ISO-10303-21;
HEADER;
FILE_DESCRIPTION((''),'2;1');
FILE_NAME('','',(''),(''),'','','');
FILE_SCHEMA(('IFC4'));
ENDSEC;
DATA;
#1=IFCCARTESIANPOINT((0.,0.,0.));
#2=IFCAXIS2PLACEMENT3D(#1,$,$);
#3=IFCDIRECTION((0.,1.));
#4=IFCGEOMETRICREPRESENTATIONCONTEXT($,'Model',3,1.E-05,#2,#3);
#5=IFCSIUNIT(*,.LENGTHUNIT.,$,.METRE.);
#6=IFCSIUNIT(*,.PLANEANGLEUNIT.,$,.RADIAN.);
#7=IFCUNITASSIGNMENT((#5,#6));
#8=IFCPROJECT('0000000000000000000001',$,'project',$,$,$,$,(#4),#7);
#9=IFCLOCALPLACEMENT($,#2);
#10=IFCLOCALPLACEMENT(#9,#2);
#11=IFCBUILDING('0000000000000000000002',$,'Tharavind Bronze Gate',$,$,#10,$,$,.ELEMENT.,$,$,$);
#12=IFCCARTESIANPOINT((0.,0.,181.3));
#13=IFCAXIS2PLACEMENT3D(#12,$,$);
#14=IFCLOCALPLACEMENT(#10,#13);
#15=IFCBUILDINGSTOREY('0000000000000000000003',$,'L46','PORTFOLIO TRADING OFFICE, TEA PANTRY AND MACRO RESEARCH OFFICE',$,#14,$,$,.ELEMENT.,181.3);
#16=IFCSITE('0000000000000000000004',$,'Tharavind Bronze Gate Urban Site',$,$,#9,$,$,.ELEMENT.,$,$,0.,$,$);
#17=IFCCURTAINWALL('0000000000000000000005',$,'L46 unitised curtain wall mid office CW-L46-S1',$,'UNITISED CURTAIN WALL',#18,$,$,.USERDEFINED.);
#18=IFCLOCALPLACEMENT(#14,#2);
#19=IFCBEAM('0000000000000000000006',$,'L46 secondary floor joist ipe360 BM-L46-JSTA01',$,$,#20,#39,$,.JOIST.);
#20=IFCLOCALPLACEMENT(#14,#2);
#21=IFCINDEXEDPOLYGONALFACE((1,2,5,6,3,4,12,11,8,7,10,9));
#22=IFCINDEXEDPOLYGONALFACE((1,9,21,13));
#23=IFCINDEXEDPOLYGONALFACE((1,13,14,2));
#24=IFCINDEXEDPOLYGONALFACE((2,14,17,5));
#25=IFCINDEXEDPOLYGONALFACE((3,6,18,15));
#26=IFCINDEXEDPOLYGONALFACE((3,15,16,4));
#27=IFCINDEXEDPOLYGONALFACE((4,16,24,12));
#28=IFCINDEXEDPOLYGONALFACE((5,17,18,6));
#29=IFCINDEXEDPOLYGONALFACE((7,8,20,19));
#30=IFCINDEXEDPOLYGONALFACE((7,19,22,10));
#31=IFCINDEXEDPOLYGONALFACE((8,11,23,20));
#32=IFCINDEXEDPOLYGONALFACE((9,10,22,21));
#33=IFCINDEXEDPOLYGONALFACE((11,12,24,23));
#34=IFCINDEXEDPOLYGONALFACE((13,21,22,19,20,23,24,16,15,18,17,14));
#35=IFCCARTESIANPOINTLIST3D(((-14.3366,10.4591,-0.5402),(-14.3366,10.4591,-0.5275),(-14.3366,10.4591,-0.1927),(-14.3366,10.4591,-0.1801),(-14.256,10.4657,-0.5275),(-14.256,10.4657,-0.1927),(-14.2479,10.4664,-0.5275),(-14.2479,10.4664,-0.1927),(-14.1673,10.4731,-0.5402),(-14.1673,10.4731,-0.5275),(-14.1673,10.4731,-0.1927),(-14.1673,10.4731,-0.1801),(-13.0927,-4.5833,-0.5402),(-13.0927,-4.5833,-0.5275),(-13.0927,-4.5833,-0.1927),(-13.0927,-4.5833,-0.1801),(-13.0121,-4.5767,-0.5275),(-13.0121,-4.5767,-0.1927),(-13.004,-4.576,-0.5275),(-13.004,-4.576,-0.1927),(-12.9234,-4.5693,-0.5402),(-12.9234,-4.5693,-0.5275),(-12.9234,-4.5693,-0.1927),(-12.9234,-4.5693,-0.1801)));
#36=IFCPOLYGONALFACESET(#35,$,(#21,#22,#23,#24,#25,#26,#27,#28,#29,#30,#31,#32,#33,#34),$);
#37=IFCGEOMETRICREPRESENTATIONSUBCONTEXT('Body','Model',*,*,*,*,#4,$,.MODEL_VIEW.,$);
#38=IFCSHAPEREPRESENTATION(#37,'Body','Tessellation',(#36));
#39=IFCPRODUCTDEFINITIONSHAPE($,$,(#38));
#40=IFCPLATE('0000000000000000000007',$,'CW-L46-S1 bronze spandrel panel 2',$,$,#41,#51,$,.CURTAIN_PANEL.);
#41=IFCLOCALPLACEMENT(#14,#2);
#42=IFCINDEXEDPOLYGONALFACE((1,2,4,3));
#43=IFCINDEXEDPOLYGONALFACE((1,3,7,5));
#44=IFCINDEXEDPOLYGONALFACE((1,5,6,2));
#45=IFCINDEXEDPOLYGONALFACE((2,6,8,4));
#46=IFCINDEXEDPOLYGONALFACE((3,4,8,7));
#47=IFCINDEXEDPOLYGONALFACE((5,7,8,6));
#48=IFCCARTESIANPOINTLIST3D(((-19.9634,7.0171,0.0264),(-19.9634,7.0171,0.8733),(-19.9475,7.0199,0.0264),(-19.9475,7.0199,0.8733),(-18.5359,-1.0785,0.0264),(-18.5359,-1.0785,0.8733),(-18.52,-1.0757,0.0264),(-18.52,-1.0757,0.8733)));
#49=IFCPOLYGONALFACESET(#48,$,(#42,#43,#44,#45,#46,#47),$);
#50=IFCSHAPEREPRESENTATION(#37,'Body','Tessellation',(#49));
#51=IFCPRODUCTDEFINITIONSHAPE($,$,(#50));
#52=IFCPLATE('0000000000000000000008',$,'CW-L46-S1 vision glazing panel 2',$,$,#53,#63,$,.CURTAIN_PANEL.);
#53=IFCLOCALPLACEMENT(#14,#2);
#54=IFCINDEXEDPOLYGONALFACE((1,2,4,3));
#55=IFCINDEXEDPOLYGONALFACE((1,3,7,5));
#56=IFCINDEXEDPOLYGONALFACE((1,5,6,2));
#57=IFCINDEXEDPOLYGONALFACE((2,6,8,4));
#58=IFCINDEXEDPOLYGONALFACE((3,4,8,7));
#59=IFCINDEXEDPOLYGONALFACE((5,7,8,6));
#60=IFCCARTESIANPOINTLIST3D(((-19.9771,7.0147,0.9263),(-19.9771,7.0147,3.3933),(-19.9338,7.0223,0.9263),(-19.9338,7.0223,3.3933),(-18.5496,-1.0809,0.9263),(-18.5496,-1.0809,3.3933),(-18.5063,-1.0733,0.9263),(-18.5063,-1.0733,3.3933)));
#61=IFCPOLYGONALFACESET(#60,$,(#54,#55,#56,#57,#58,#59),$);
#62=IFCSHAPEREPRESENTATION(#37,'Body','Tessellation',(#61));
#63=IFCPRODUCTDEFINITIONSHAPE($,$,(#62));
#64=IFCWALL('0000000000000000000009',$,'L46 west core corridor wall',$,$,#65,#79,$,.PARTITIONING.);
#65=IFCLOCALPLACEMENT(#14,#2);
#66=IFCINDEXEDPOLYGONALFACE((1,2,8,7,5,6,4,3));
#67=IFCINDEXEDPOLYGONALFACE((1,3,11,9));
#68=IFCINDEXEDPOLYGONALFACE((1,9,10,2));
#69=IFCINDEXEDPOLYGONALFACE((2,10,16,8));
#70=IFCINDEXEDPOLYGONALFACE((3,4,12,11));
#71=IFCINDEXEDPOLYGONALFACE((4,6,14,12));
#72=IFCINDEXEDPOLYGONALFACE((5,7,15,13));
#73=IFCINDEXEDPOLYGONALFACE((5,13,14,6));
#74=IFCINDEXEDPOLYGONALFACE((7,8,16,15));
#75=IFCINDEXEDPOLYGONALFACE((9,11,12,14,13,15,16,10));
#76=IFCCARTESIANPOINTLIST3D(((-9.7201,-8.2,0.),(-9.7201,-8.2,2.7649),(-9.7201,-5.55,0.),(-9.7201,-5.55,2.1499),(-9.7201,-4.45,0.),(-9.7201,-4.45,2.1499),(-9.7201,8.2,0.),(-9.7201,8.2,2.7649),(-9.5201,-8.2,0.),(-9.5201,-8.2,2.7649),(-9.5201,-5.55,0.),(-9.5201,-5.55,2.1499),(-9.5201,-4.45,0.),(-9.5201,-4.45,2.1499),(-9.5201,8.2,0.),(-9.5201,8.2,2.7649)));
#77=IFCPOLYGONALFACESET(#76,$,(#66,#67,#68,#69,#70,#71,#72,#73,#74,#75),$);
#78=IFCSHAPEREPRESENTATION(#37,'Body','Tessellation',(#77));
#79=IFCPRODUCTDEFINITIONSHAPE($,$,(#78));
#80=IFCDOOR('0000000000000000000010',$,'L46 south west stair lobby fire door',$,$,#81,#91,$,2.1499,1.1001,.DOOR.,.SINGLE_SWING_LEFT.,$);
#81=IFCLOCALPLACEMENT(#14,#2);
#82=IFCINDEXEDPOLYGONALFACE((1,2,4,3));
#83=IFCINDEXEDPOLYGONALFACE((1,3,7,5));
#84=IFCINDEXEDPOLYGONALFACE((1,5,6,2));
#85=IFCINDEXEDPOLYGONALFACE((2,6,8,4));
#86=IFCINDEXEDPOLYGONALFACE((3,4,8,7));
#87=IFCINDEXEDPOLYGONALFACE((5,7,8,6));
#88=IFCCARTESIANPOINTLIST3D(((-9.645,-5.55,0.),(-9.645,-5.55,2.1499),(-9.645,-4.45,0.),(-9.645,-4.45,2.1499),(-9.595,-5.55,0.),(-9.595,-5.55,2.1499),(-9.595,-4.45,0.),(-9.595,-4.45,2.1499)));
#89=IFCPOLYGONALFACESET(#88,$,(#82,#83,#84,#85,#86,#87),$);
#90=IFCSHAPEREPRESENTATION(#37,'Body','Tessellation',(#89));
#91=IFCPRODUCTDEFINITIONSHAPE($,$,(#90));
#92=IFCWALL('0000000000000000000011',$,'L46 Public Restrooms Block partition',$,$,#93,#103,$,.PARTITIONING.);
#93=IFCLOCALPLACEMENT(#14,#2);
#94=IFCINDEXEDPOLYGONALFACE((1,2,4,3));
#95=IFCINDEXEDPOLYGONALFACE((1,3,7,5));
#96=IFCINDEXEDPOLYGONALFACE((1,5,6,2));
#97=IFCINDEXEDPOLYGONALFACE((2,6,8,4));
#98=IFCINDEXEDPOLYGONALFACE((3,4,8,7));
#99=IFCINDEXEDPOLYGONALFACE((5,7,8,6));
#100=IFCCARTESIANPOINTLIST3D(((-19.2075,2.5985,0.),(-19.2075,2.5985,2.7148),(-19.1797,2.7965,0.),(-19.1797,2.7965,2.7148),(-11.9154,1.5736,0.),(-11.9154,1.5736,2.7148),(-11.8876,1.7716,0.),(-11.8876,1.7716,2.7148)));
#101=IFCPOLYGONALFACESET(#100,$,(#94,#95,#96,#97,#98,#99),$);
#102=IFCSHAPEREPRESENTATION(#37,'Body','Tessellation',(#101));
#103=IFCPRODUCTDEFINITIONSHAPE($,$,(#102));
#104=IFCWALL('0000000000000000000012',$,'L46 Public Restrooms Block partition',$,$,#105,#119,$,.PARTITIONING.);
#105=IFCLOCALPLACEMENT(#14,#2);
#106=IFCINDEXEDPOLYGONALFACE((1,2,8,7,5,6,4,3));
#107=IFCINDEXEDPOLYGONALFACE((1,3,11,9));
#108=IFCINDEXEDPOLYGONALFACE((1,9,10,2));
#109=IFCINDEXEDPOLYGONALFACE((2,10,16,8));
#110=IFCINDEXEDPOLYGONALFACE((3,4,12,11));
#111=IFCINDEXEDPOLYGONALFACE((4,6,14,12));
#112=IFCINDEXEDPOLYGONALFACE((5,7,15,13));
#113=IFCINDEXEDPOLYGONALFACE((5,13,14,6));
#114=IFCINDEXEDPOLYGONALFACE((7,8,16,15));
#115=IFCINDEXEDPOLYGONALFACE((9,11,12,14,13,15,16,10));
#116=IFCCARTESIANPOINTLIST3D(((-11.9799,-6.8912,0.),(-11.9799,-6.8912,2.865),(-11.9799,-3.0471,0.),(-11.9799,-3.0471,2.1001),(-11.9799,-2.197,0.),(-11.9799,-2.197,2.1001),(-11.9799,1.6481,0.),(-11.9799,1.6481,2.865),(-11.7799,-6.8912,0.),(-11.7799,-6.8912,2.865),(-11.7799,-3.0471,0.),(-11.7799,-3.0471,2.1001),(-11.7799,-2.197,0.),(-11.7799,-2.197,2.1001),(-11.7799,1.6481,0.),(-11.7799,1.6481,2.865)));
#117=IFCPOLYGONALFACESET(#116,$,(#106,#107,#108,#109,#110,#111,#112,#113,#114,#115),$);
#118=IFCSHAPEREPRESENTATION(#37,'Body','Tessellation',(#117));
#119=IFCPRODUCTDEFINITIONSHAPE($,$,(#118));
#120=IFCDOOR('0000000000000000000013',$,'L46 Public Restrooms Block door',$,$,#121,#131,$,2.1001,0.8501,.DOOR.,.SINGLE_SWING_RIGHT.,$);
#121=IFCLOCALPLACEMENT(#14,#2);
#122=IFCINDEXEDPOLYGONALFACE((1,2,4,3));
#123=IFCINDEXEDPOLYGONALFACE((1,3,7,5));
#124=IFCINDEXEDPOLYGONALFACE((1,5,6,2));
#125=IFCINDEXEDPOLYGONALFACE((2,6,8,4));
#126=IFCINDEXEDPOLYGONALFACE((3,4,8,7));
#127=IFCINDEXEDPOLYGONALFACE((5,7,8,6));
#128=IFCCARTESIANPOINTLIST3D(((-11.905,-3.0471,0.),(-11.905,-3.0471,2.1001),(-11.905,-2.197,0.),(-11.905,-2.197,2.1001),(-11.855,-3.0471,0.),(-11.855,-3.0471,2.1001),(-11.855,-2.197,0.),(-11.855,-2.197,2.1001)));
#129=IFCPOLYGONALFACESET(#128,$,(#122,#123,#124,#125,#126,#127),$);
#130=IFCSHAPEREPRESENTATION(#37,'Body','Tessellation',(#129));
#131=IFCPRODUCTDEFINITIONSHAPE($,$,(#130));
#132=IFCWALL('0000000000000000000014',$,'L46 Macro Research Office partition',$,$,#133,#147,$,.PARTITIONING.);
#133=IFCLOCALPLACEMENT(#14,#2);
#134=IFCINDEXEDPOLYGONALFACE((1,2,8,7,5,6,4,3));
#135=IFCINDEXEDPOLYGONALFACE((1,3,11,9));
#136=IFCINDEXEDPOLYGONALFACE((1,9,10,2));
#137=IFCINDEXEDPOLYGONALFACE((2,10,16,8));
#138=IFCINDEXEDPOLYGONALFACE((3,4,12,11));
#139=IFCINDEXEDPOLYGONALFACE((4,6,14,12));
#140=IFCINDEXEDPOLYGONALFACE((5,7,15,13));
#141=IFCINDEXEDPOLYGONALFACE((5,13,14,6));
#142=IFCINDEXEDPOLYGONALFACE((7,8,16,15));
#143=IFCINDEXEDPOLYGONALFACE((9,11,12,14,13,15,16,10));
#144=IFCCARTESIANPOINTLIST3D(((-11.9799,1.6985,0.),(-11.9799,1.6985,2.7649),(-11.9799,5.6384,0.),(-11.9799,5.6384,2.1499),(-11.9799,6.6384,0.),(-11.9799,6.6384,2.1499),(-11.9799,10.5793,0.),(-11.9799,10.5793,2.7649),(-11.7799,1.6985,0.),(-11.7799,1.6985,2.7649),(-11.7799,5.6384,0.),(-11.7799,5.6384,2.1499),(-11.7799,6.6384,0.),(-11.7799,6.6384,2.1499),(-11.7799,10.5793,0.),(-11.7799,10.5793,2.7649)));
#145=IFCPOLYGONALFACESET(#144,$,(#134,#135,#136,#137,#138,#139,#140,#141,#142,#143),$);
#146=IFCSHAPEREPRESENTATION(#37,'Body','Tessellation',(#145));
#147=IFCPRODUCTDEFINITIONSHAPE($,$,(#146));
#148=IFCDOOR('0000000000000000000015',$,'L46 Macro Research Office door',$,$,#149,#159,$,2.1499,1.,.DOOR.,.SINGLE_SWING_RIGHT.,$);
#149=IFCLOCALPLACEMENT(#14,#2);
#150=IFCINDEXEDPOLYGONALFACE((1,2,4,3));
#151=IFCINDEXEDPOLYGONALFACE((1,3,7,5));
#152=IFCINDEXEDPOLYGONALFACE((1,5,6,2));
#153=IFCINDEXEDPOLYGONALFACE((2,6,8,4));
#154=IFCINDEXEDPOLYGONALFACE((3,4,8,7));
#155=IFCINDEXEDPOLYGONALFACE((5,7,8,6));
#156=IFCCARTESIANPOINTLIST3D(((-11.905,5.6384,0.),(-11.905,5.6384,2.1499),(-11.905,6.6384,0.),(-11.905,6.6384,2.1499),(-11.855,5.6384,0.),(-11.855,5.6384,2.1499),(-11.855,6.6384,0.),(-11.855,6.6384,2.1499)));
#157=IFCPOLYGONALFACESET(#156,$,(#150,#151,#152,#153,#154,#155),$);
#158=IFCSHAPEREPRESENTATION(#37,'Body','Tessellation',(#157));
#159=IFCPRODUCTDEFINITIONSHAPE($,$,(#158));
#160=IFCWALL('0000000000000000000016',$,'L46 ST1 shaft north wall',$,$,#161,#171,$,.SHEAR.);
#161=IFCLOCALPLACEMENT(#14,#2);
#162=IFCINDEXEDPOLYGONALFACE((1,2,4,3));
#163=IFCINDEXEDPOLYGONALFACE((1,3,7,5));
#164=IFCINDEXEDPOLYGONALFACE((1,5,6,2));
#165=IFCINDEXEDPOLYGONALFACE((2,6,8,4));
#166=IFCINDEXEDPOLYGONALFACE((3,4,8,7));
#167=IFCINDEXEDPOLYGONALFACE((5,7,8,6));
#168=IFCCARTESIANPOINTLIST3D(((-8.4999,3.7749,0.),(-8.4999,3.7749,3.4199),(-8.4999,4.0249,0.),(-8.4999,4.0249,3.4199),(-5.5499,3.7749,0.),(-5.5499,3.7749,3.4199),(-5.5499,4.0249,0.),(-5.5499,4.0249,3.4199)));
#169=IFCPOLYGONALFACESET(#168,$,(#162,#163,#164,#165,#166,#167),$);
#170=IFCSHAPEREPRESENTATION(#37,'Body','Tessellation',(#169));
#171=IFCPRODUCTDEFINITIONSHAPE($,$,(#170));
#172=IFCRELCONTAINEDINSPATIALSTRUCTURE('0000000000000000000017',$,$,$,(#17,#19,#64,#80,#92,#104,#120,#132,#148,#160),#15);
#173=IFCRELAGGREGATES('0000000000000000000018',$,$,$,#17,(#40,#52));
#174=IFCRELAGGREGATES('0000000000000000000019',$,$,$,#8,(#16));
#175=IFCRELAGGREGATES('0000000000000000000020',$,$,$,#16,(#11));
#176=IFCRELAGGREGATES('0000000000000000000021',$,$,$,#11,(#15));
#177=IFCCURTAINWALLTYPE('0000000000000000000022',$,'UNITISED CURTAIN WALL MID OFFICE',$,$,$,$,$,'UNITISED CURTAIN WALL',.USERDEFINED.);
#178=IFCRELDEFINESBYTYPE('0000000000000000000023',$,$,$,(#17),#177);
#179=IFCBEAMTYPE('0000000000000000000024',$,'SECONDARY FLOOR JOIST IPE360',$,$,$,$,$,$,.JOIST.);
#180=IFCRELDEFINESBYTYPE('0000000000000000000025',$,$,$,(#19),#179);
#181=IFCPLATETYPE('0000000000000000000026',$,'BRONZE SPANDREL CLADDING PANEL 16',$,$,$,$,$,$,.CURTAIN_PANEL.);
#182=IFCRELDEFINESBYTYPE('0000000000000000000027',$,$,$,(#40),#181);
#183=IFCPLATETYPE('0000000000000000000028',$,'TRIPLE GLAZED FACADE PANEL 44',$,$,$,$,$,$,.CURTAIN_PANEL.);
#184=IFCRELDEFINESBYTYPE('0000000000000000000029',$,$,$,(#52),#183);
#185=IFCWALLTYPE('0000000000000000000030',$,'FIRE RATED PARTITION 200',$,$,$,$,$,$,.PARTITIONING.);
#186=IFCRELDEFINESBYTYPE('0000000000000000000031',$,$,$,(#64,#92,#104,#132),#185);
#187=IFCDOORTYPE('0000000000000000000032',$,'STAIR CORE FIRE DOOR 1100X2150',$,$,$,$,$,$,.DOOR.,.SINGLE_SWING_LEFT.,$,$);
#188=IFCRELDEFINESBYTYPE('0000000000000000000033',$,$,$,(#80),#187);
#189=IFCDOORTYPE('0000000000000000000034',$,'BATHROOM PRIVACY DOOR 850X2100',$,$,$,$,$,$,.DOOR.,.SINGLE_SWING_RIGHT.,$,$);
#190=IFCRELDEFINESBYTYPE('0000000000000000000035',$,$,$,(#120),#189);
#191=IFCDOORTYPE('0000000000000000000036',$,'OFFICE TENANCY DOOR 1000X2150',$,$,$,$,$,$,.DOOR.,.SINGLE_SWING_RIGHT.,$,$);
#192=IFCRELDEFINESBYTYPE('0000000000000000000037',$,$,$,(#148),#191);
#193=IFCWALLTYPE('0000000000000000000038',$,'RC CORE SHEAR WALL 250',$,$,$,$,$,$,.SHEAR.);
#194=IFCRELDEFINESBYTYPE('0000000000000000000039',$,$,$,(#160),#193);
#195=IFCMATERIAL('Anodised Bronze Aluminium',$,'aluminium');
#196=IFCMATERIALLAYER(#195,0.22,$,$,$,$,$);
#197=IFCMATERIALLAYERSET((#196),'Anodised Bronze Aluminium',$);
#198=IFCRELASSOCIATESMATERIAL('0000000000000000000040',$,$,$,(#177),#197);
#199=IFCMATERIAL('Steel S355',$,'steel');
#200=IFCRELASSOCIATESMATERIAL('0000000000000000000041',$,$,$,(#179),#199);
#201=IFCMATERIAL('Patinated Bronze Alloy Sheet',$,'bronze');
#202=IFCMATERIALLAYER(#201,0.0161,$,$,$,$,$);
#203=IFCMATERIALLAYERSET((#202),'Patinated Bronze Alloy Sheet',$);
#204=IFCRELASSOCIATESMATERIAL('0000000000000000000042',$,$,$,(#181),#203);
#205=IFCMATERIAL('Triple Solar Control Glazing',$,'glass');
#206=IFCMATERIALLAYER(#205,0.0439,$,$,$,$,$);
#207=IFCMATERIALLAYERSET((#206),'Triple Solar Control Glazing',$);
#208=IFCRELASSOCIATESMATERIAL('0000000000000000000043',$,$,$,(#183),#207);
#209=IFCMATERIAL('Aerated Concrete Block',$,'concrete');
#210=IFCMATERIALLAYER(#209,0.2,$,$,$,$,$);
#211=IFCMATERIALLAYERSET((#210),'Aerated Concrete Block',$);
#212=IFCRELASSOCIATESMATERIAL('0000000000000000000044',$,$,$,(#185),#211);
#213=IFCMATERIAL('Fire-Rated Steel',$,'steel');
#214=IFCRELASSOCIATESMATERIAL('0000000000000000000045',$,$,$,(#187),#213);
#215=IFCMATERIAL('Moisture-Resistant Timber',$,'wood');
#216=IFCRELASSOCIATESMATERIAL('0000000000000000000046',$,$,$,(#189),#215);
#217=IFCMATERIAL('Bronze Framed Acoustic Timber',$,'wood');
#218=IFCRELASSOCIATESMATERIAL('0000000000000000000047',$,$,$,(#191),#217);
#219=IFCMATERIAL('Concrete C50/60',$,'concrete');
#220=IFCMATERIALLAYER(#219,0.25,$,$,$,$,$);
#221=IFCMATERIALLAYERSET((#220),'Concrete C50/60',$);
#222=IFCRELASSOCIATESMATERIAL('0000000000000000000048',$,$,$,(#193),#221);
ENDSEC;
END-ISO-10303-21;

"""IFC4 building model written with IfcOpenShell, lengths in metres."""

from ifc_helpers import new_model, si_unit, direction, frame, frame_2d, origin, origin_2d, place, context, subcontext, project, spatial, rectangle, i_section, extrude, material, layer, layer_set, material_profile, profile_set, type_object, element, fill, aggregate, save


model = new_model("IFC4")

# Units and contexts
model_context = context("Model", 3, precision=1e-05, world=origin(), true_north=direction((0.0, 1.0)))
body_context = subcontext(model_context, "Body", "Model", "MODEL_VIEW")
ifc_project = project(units=[si_unit("LENGTHUNIT", "METRE"), si_unit("PLANEANGLEUNIT", "RADIAN")], contexts=[model_context])

# Site, building, storey
site_placement = place(None, origin())
site = spatial("IfcSite", under=ifc_project, at=site_placement, Name="Tharavind Bronze Gate Urban Site", CompositionType="ELEMENT", RefElevation=0.0)
building_placement = place(site_placement, origin())
building = spatial("IfcBuilding", under=site, at=building_placement, Name="Tharavind Bronze Gate", CompositionType="ELEMENT")
storey_placement = place(building_placement, frame((0.0, 0.0, 181.3)))
storey = spatial("IfcBuildingStorey", under=building, at=storey_placement, Name="L46", Description="PORTFOLIO TRADING OFFICE, TEA PANTRY AND MACRO RESEARCH OFFICE", CompositionType="ELEMENT", Elevation=181.3)

# Curtain wall
ifc_material_1 = material(Name="Anodised Bronze Aluminium", Category="aluminium")
ifc_layer_1 = layer(ifc_material_1, 0.22)
ifc_layer_set_1 = layer_set([ifc_layer_1], Name="Anodised Bronze Aluminium")
curtain_wall_type = type_object("IfcCurtainWallType", Name="UNITISED CURTAIN WALL MID OFFICE", ElementType="UNITISED CURTAIN WALL", PredefinedType="USERDEFINED", material=ifc_layer_set_1)
curtain_wall_placement = place(storey_placement, origin())
curtain_wall = element("IfcCurtainWall", 1, at=curtain_wall_placement, inside=storey, type_object=curtain_wall_type, Name="L46 unitised curtain wall mid office CW-L46-S1", ObjectType="UNITISED CURTAIN WALL", PredefinedType="USERDEFINED")

# Beam
ifc_material_2 = material(Name="Steel S355", Category="steel")
ifc_material_profile_1 = material_profile(ifc_material_2, i_section(OverallWidth=0.1699, OverallDepth=0.3601, WebThickness=0.0081, FlangeThickness=0.0127, at=origin_2d()), Name="IPE360")
ifc_profile_set_1 = profile_set([ifc_material_profile_1], Name="Steel S355")
beam_type_1 = type_object("IfcBeamType", Name="SECONDARY FLOOR JOIST IPE360", PredefinedType="JOIST", material=ifc_profile_set_1)
beam_1_placement = place(storey_placement, frame((-14.252, 10.4661, -0.3601), z_axis=(0.082411, -0.996598, 0.0), x_axis=(0.996598, 0.082411, 0.0)))
element("IfcBeam", 2, at=beam_1_placement, inside=storey, type_object=beam_type_1, Name="L46 secondary floor joist ipe360 BM-L46-JSTA01", PredefinedType="JOIST", context=body_context, shape_type="SweptSolid", body=[
    extrude(i_section(OverallWidth=0.1699, OverallDepth=0.3601, WebThickness=0.0081, FlangeThickness=0.0127, at=origin_2d()), origin(), (0.0, 0.0, 1.0), 15.0938),
])

# Plates
ifc_material_3 = material(Name="Patinated Bronze Alloy Sheet", Category="bronze")
ifc_layer_2 = layer(ifc_material_3, 0.0161)
ifc_layer_set_2 = layer_set([ifc_layer_2], Name="Patinated Bronze Alloy Sheet")
plate_type_1 = type_object("IfcPlateType", Name="BRONZE SPANDREL CLADDING PANEL 16", PredefinedType="CURTAIN_PANEL", material=ifc_layer_set_2)
plate_1_placement = place(storey_placement, frame((-19.2417, 2.9707, 0.0264), z_axis=(0.0, 0.0, 1.0), x_axis=(0.173648, -0.984808, 0.0)))
plate_1 = element("IfcPlate", 3, at=plate_1_placement, type_object=plate_type_1, Name="CW-L46-S1 bronze spandrel panel 2", PredefinedType="CURTAIN_PANEL", context=body_context, shape_type="SweptSolid", body=[
    extrude(rectangle(XDim=8.2205, YDim=0.0161, at=origin_2d()), origin(), (0.0, 0.0, 1.0), 0.8469),
])
ifc_material_4 = material(Name="Triple Solar Control Glazing", Category="glass")
ifc_layer_3 = layer(ifc_material_4, 0.0439)
ifc_layer_set_3 = layer_set([ifc_layer_3], Name="Triple Solar Control Glazing")
plate_type_2 = type_object("IfcPlateType", Name="TRIPLE GLAZED FACADE PANEL 44", PredefinedType="CURTAIN_PANEL", material=ifc_layer_set_3)
plate_2_placement = place(storey_placement, frame((-19.2417, 2.9707, 0.9263), z_axis=(0.0, 0.0, 1.0), x_axis=(0.173648, -0.984808, 0.0)))
plate_2 = element("IfcPlate", 4, at=plate_2_placement, type_object=plate_type_2, Name="CW-L46-S1 vision glazing panel 2", PredefinedType="CURTAIN_PANEL", context=body_context, shape_type="SweptSolid", body=[
    extrude(rectangle(XDim=8.2205, YDim=0.0439, at=origin_2d()), origin(), (0.0, 0.0, 1.0), 2.467),
])
aggregate(curtain_wall, [plate_1, plate_2])

# Wall, opening, door
ifc_material_5 = material(Name="Aerated Concrete Block", Category="concrete")
ifc_layer_4 = layer(ifc_material_5, 0.2)
ifc_layer_set_4 = layer_set([ifc_layer_4], Name="Aerated Concrete Block")
wall_type_1 = type_object("IfcWallType", Name="FIRE RATED PARTITION 200", PredefinedType="PARTITIONING", material=ifc_layer_set_4)
wall_1_placement = place(storey_placement, frame((-9.6201, 8.2, 0.0), z_axis=(0.0, 0.0, 1.0), x_axis=(0.0, -1.0, 0.0)))
wall_1 = element("IfcWall", 5, at=wall_1_placement, inside=storey, type_object=wall_type_1, Name="L46 west core corridor wall", PredefinedType="PARTITIONING", context=body_context, shape_type="SweptSolid", body=[
    extrude(rectangle(XDim=16.3999, YDim=0.2, at=frame_2d((8.2, 0.0))), origin(), (0.0, 0.0, 1.0), 2.7649),
])
opening_1_placement = place(wall_1_placement, frame((12.6499, 0.0, 0.0)))
opening_1 = element("IfcOpeningElement", 6, at=opening_1_placement, cuts=wall_1, PredefinedType="OPENING", context=body_context, shape_type="SweptSolid", body=[
    extrude(rectangle(XDim=1.1001, YDim=2.1499, at=frame_2d((0.55, 1.075))), frame((0.0, 0.1101, 0.0), z_axis=(0.0, -1.0, 0.0), x_axis=(1.0, 0.0, 0.0)), (0.0, 0.0, 1.0), 0.22),
])
ifc_material_6 = material(Name="Fire-Rated Steel", Category="steel")
door_type_1 = type_object("IfcDoorType", Name="STAIR CORE FIRE DOOR 1100X2150", OperationType="SINGLE_SWING_LEFT", PredefinedType="DOOR", material=ifc_material_6)
door_1_placement = place(opening_1_placement, frame((1.1001, 0.0, 0.0), z_axis=(0.0, 0.0, 1.0), x_axis=(-1.0, 0.0, 0.0)))
door_1 = element("IfcDoor", 7, at=door_1_placement, inside=storey, type_object=door_type_1, Name="L46 south west stair lobby fire door", OperationType="SINGLE_SWING_LEFT", OverallHeight=2.1499, OverallWidth=1.1001, PredefinedType="DOOR", context=body_context, shape_type="SweptSolid", body=[
    extrude(rectangle(XDim=1.1001, YDim=2.1499, at=frame_2d((0.55, 1.075))), frame((0.0, 0.0249, 0.0), z_axis=(0.0, -1.0, 0.0), x_axis=(1.0, 0.0, 0.0)), (0.0, 0.0, 1.0), 0.05),
])
fill(opening_1, door_1)

# Wall
wall_2_placement = place(storey_placement, frame((-19.1936, 2.6975, 0.0), z_axis=(0.0, 0.0, 1.0), x_axis=(0.990267, -0.139184, 0.0)))
element("IfcWall", 8, at=wall_2_placement, inside=storey, type_object=wall_type_1, Name="L46 Public Restrooms Block partition", PredefinedType="PARTITIONING", context=body_context, shape_type="SweptSolid", body=[
    extrude(rectangle(XDim=7.3638, YDim=0.2, at=frame_2d((3.6819, 0.0))), origin(), (0.0, 0.0, 1.0), 2.7148),
])

# Walls, openings, doors
wall_3_placement = place(storey_placement, frame((-11.8799, 1.6479, 0.0), z_axis=(0.0, 0.0, 1.0), x_axis=(0.0, -1.0, 0.0)))
wall_3 = element("IfcWall", 9, at=wall_3_placement, inside=storey, type_object=wall_type_1, Name="L46 Public Restrooms Block partition", PredefinedType="PARTITIONING", context=body_context, shape_type="SweptSolid", body=[
    extrude(rectangle(XDim=8.5393, YDim=0.2, at=frame_2d((4.2695, 0.0))), origin(), (0.0, 0.0, 1.0), 2.865),
])
opening_2_placement = place(wall_3_placement, frame((3.845, 0.0, 0.0)))
opening_2 = element("IfcOpeningElement", 10, at=opening_2_placement, cuts=wall_3, PredefinedType="OPENING", context=body_context, shape_type="SweptSolid", body=[
    extrude(rectangle(XDim=0.8501, YDim=2.1001, at=frame_2d((0.425, 1.05))), frame((0.0, 0.1101, 0.0), z_axis=(0.0, -1.0, 0.0), x_axis=(1.0, 0.0, 0.0)), (0.0, 0.0, 1.0), 0.22),
])
ifc_material_7 = material(Name="Moisture-Resistant Timber", Category="wood")
door_type_2 = type_object("IfcDoorType", Name="BATHROOM PRIVACY DOOR 850X2100", OperationType="SINGLE_SWING_RIGHT", PredefinedType="DOOR", material=ifc_material_7)
door_2_placement = place(opening_2_placement, origin())
door_2 = element("IfcDoor", 11, at=door_2_placement, inside=storey, type_object=door_type_2, Name="L46 Public Restrooms Block door", OperationType="SINGLE_SWING_RIGHT", OverallHeight=2.1001, OverallWidth=0.8501, PredefinedType="DOOR", context=body_context, shape_type="SweptSolid", body=[
    extrude(rectangle(XDim=0.8501, YDim=2.1001, at=frame_2d((0.425, 1.05))), frame((0.0, 0.0249, 0.0), z_axis=(0.0, -1.0, 0.0), x_axis=(1.0, 0.0, 0.0)), (0.0, 0.0, 1.0), 0.05),
])
fill(opening_2, door_2)
wall_4_placement = place(storey_placement, frame((-11.8799, 10.5793, 0.0), z_axis=(0.0, 0.0, 1.0), x_axis=(0.0, -1.0, 0.0)))
wall_4 = element("IfcWall", 12, at=wall_4_placement, inside=storey, type_object=wall_type_1, Name="L46 Macro Research Office partition", PredefinedType="PARTITIONING", context=body_context, shape_type="SweptSolid", body=[
    extrude(rectangle(XDim=8.8809, YDim=0.2, at=frame_2d((4.4404, 0.0))), origin(), (0.0, 0.0, 1.0), 2.7649),
])
opening_3_placement = place(wall_4_placement, frame((3.9409, 0.0, 0.0)))
opening_3 = element("IfcOpeningElement", 13, at=opening_3_placement, cuts=wall_4, PredefinedType="OPENING", context=body_context, shape_type="SweptSolid", body=[
    extrude(rectangle(XDim=1.0, YDim=2.1499, at=frame_2d((0.5, 1.075))), frame((0.0, 0.1101, 0.0), z_axis=(0.0, -1.0, 0.0), x_axis=(1.0, 0.0, 0.0)), (0.0, 0.0, 1.0), 0.22),
])
ifc_material_8 = material(Name="Bronze Framed Acoustic Timber", Category="wood")
door_type_3 = type_object("IfcDoorType", Name="OFFICE TENANCY DOOR 1000X2150", OperationType="SINGLE_SWING_RIGHT", PredefinedType="DOOR", material=ifc_material_8)
door_3_placement = place(opening_3_placement, origin())
door_3 = element("IfcDoor", 14, at=door_3_placement, inside=storey, type_object=door_type_3, Name="L46 Macro Research Office door", OperationType="SINGLE_SWING_RIGHT", OverallHeight=2.1499, OverallWidth=1.0, PredefinedType="DOOR", context=body_context, shape_type="SweptSolid", body=[
    extrude(rectangle(XDim=1.0, YDim=2.1499, at=frame_2d((0.5, 1.075))), frame((0.0, 0.0249, 0.0), z_axis=(0.0, -1.0, 0.0), x_axis=(1.0, 0.0, 0.0)), (0.0, 0.0, 1.0), 0.05),
])
fill(opening_3, door_3)

# Wall
ifc_material_9 = material(Name="Concrete C50/60", Category="concrete")
ifc_layer_5 = layer(ifc_material_9, 0.25)
ifc_layer_set_5 = layer_set([ifc_layer_5], Name="Concrete C50/60")
wall_type_2 = type_object("IfcWallType", Name="RC CORE SHEAR WALL 250", PredefinedType="SHEAR", material=ifc_layer_set_5)
wall_5_placement = place(storey_placement, frame((-8.5, 3.8999, 0.0), z_axis=(0.0, 0.0, 1.0), x_axis=(1.0, 0.0, 0.0)))
element("IfcWall", 15, at=wall_5_placement, inside=storey, type_object=wall_type_2, Name="L46 ST1 shaft north wall", PredefinedType="SHEAR", context=body_context, shape_type="SweptSolid", body=[
    extrude(rectangle(XDim=2.95, YDim=0.25, at=frame_2d((1.4751, 0.0))), origin(), (0.0, 0.0, 1.0), 3.4199),
])

save(model, "model.ifc")
